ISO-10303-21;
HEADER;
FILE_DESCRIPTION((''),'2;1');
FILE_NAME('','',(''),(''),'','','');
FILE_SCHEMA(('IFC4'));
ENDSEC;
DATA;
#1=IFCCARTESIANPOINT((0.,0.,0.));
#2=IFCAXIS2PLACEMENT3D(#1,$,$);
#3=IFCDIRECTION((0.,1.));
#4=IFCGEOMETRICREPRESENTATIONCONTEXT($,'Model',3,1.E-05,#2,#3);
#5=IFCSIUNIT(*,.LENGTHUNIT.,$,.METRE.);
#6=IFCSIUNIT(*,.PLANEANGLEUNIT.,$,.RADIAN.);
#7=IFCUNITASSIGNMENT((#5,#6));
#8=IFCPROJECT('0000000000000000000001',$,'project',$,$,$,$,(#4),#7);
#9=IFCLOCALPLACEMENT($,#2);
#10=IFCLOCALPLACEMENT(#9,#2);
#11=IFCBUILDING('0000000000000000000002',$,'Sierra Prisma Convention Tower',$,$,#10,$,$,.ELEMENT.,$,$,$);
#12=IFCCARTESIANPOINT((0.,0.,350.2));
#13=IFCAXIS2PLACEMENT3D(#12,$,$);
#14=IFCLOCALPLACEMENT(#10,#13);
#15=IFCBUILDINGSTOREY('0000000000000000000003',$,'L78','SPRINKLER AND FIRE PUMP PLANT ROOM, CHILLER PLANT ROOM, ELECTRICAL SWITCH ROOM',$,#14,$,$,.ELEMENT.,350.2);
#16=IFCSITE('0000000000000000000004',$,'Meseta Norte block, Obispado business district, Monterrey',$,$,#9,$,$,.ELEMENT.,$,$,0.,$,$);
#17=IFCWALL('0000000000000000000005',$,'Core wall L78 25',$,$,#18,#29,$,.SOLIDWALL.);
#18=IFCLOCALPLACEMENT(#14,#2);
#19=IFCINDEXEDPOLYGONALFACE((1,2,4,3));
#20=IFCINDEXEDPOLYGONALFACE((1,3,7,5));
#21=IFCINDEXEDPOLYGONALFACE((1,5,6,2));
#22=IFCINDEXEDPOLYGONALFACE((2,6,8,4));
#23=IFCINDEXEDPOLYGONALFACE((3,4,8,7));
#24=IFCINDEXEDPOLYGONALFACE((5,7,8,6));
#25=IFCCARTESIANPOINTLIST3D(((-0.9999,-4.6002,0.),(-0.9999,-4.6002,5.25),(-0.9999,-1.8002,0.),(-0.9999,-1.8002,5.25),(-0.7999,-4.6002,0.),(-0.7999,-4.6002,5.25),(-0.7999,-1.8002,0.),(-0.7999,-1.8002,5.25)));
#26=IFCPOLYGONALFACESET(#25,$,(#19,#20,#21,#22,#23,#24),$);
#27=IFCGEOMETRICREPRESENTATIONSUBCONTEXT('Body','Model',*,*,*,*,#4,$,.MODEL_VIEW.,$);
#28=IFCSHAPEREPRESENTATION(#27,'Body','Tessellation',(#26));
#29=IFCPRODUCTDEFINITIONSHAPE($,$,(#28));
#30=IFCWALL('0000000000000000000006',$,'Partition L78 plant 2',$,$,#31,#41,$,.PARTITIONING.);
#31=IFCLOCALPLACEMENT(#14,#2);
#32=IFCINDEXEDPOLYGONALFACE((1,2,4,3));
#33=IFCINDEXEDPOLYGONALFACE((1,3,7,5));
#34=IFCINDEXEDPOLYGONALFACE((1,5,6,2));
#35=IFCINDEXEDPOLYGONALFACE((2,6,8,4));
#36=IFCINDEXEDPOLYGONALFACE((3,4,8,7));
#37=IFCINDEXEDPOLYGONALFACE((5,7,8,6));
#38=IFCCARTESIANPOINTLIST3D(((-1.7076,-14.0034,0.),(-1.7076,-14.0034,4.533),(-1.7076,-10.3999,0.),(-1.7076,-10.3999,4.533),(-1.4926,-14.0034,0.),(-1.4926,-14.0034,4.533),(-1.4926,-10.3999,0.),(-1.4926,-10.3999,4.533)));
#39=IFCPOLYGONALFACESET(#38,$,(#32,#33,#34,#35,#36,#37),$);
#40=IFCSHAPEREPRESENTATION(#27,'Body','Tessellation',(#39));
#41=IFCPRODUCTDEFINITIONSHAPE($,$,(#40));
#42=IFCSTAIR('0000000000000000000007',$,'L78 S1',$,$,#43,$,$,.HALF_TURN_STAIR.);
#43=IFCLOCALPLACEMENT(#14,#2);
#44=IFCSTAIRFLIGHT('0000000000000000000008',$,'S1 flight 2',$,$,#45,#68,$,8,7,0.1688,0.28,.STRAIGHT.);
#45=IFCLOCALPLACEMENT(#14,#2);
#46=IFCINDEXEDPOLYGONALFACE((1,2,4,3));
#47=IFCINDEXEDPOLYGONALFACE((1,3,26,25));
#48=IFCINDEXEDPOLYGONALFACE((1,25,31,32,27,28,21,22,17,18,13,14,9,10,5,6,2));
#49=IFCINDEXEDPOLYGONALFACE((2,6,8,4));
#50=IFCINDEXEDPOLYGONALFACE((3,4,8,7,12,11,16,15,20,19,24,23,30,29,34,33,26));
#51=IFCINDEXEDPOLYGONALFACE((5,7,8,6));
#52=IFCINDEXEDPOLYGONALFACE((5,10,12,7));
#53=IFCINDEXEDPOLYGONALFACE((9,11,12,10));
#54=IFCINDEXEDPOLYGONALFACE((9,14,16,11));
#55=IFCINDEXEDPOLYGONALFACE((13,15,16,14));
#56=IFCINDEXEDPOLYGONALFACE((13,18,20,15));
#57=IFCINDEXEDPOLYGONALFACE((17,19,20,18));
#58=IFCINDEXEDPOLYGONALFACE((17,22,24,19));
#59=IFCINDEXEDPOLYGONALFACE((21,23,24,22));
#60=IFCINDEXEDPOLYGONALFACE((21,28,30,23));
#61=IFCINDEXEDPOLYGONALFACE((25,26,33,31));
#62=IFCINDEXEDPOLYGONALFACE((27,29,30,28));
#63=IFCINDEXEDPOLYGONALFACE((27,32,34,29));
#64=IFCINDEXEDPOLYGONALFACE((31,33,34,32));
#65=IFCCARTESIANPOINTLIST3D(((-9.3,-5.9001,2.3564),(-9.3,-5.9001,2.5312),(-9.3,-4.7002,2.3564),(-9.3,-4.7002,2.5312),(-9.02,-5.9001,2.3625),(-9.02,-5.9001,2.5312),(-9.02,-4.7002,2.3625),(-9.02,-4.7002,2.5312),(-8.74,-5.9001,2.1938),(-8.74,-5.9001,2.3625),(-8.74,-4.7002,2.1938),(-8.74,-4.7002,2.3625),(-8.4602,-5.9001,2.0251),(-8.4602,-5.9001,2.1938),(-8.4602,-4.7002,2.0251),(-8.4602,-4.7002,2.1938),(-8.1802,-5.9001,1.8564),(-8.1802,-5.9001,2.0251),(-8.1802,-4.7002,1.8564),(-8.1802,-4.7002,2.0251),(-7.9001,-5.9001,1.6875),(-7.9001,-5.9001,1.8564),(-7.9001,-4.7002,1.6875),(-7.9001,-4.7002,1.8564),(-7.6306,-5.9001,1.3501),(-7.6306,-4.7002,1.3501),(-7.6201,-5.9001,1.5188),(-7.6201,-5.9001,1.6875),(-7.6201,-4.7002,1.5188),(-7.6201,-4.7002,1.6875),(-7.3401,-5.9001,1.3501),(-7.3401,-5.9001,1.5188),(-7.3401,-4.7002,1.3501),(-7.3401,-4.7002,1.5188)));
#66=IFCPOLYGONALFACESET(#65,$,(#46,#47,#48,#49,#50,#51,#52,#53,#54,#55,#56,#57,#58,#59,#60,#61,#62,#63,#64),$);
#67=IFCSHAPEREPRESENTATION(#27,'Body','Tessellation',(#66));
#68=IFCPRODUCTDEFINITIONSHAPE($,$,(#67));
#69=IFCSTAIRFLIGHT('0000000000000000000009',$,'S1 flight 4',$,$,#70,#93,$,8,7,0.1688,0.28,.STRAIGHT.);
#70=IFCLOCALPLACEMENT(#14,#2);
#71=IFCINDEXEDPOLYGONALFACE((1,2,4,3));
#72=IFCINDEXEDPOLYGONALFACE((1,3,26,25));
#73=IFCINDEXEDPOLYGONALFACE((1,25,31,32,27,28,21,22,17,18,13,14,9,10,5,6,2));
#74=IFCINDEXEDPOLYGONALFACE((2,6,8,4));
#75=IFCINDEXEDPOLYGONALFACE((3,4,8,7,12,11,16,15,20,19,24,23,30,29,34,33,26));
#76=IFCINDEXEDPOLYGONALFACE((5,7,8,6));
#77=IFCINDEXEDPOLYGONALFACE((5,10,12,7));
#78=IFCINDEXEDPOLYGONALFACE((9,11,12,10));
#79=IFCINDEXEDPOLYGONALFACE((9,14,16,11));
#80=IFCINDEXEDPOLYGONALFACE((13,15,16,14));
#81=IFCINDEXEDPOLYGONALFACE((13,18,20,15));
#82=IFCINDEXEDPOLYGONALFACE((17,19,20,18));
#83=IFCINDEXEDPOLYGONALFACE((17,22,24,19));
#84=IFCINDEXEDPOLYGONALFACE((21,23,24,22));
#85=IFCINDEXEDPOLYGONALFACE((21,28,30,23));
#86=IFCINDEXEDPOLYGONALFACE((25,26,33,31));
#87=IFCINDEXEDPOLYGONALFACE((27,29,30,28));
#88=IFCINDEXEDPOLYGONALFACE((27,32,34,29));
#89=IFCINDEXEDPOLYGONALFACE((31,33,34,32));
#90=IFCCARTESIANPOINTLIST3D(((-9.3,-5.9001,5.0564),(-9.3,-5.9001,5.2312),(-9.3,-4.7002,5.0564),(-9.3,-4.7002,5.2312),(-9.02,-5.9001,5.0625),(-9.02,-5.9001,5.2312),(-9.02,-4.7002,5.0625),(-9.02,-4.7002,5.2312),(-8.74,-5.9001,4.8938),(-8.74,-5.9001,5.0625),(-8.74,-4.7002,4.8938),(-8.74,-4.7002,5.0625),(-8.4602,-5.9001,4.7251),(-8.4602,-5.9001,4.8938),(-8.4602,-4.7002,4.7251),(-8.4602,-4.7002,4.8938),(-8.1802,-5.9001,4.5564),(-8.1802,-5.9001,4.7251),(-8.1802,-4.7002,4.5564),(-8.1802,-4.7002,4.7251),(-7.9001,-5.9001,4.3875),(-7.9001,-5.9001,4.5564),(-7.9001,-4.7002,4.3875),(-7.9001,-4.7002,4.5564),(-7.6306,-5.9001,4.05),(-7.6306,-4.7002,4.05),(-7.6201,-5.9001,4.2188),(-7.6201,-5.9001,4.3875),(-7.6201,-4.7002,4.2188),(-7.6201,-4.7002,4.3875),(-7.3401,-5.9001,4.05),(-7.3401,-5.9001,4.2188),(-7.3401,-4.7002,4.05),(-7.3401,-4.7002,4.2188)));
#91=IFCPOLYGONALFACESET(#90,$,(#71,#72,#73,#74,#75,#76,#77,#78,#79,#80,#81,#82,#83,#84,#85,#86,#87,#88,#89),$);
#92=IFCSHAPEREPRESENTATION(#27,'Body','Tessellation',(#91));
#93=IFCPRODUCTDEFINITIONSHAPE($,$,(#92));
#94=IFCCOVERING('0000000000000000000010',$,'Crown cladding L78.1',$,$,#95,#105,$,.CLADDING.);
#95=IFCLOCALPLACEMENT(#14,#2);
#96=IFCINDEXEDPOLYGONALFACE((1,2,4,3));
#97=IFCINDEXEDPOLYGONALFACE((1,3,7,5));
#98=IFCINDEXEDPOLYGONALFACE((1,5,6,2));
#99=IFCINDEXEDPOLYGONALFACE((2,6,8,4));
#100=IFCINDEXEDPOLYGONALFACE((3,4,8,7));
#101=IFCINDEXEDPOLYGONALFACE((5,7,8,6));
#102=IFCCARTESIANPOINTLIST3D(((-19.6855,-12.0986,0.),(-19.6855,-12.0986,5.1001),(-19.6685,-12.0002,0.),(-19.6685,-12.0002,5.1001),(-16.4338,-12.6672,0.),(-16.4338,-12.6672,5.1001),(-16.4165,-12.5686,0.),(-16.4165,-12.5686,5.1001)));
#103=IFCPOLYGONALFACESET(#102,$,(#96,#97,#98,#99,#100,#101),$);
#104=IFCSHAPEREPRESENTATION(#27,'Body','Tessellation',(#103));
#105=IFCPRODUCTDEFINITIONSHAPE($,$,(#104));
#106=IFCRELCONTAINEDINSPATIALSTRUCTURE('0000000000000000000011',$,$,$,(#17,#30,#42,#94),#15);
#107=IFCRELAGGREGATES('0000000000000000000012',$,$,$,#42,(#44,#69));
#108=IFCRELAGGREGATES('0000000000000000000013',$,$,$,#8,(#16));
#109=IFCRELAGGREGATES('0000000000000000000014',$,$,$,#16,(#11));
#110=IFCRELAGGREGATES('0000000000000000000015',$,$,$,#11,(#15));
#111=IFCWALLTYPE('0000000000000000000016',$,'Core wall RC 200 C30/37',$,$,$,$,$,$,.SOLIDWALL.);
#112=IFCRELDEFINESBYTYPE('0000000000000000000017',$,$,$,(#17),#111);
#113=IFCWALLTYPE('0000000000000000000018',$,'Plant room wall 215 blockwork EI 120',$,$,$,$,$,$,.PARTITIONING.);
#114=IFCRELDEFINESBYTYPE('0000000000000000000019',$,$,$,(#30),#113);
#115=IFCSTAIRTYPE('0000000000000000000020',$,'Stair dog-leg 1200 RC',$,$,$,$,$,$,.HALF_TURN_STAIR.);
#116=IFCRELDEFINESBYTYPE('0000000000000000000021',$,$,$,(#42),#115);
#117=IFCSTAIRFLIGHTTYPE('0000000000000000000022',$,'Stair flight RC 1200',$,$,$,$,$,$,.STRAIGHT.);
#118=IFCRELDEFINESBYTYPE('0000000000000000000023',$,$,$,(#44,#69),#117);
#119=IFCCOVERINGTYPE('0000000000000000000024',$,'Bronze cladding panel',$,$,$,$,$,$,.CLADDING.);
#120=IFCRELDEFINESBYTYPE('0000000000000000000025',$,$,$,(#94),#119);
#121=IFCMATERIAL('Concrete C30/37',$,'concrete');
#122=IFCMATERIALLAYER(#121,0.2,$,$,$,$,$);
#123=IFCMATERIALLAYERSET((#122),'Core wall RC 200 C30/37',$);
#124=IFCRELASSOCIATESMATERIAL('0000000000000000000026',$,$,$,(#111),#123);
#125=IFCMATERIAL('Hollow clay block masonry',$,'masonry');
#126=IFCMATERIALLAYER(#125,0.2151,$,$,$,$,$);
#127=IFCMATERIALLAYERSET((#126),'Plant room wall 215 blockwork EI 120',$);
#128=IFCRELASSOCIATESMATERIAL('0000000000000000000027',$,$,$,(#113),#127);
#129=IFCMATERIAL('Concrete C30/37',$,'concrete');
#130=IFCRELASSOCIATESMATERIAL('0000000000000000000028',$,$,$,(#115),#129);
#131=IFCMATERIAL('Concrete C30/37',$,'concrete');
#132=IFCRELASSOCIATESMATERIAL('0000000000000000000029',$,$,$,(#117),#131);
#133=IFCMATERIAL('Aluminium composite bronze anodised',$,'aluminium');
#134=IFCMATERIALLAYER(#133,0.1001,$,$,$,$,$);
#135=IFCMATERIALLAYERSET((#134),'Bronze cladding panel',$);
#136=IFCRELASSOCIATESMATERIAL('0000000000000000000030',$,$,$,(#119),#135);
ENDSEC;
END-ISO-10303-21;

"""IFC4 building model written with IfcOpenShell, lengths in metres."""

from ifc_helpers import new_model, si_unit, direction, frame, frame_2d, origin, place, context, subcontext, project, spatial, polyline, rectangle, outline, extrude, material, layer, layer_set, type_object, element, aggregate, save


model = new_model("IFC4")

# Units and contexts
model_context = context("Model", 3, precision=1e-05, world=origin(), true_north=direction((0.0, 1.0)))
body_context = subcontext(model_context, "Body", "Model", "MODEL_VIEW")
ifc_project = project(units=[si_unit("LENGTHUNIT", "METRE"), si_unit("PLANEANGLEUNIT", "RADIAN")], contexts=[model_context])

# Site, building, storey
site_placement = place(None, origin())
site = spatial("IfcSite", under=ifc_project, at=site_placement, Name="Meseta Norte block, Obispado business district, Monterrey", CompositionType="ELEMENT", RefElevation=0.0)
building_placement = place(site_placement, origin())
building = spatial("IfcBuilding", under=site, at=building_placement, Name="Sierra Prisma Convention Tower", CompositionType="ELEMENT")
storey_placement = place(building_placement, frame((0.0, 0.0, 350.2)))
storey = spatial("IfcBuildingStorey", under=building, at=storey_placement, Name="L78", Description="SPRINKLER AND FIRE PUMP PLANT ROOM, CHILLER PLANT ROOM, ELECTRICAL SWITCH ROOM", CompositionType="ELEMENT", Elevation=350.2)

# Shared definitions
ifc_material_1 = material(Name="Concrete C30/37", Category="concrete")
ifc_layer_1 = layer(ifc_material_1, 0.2)
ifc_layer_set_1 = layer_set([ifc_layer_1], Name="Core wall RC 200 C30/37")
wall_type_1 = type_object("IfcWallType", Name="Core wall RC 200 C30/37", PredefinedType="SOLIDWALL", material=ifc_layer_set_1)

# Wall
wall_1_placement = place(storey_placement, frame((-0.8999, -4.6001, 0.0), z_axis=(0.0, 0.0, 1.0), x_axis=(0.0, 1.0, 0.0)))
element("IfcWall", 1, at=wall_1_placement, inside=storey, type_object=wall_type_1, Name="Core wall L78 25", PredefinedType="SOLIDWALL", context=body_context, shape_type="SweptSolid", body=[
    extrude(rectangle(XDim=2.8, YDim=0.2, at=frame_2d((1.3999, 0.0))), origin(), (0.0, 0.0, 1.0), 5.25),
])

# Wall
ifc_material_2 = material(Name="Hollow clay block masonry", Category="masonry")
ifc_layer_2 = layer(ifc_material_2, 0.2151)
ifc_layer_set_2 = layer_set([ifc_layer_2], Name="Plant room wall 215 blockwork EI 120")
wall_type_2 = type_object("IfcWallType", Name="Plant room wall 215 blockwork EI 120", PredefinedType="PARTITIONING", material=ifc_layer_set_2)
wall_2_placement = place(storey_placement, frame((-1.6001, -10.3999, 0.0), z_axis=(0.0, 0.0, 1.0), x_axis=(0.0, -1.0, 0.0)))
element("IfcWall", 2, at=wall_2_placement, inside=storey, type_object=wall_type_2, Name="Partition L78 plant 2", PredefinedType="PARTITIONING", context=body_context, shape_type="SweptSolid", body=[
    extrude(rectangle(XDim=3.6035, YDim=0.2151, at=frame_2d((1.8018, 0.0))), origin(), (0.0, 0.0, 1.0), 4.533),
])

# Stair, stair flights
ifc_material_3 = material(Name="Concrete C30/37", Category="concrete")
stair_type = type_object("IfcStairType", Name="Stair dog-leg 1200 RC", PredefinedType="HALF_TURN_STAIR", material=ifc_material_3)
stair_placement = place(storey_placement, origin())
stair = element("IfcStair", 3, at=stair_placement, inside=storey, type_object=stair_type, Name="L78 S1", PredefinedType="HALF_TURN_STAIR")
ifc_material_4 = material(Name="Concrete C30/37", Category="concrete")
stair_flight_type = type_object("IfcStairFlightType", Name="Stair flight RC 1200", PredefinedType="STRAIGHT", material=ifc_material_4)
stair_flight_1_placement = place(storey_placement, frame((-7.3401, -5.3, 1.3501), z_axis=(0.0, 0.0, 1.0), x_axis=(-1.0, 0.0, 0.0)))
stair_flight_1 = element("IfcStairFlight", 4, at=stair_flight_1_placement, type_object=stair_flight_type, Name="S1 flight 2", NumberOfRisers=8, NumberOfTreads=7, PredefinedType="STRAIGHT", RiserHeight=0.1688, TreadLength=0.28, context=body_context, shape_type="SweptSolid", body=[
    extrude(outline(polyline([(0.0, 0.0), (0.0, 0.1687), (0.28, 0.1687), (0.28, 0.3374), (0.5601, 0.3374), (0.5601, 0.5063), (0.8401, 0.5063), (0.8401, 0.675), (1.1201, 0.675), (1.1201, 0.8438), (1.3999, 0.8438), (1.3999, 1.0125), (1.6799, 1.0125), (1.6799, 1.1812), (1.96, 1.1812), (1.96, 1.3501), (1.96, 1.0063), (0.2905, 0.0), (0.0, 0.0)])), frame((0.0, 0.6001, 0.0), z_axis=(0.0, -1.0, 0.0), x_axis=(1.0, 0.0, 0.0)), (0.0, 0.0, 1.0), 1.2),
])
stair_flight_2_placement = place(storey_placement, frame((-7.3401, -5.3, 4.05), z_axis=(0.0, 0.0, 1.0), x_axis=(-1.0, 0.0, 0.0)))
stair_flight_2 = element("IfcStairFlight", 5, at=stair_flight_2_placement, type_object=stair_flight_type, Name="S1 flight 4", NumberOfRisers=8, NumberOfTreads=7, PredefinedType="STRAIGHT", RiserHeight=0.1688, TreadLength=0.28, context=body_context, shape_type="SweptSolid", body=[
    extrude(outline(polyline([(0.0, 0.0), (0.0, 0.1687), (0.28, 0.1687), (0.28, 0.3374), (0.5601, 0.3374), (0.5601, 0.5063), (0.8401, 0.5063), (0.8401, 0.675), (1.1201, 0.675), (1.1201, 0.8438), (1.3999, 0.8438), (1.3999, 1.0125), (1.6799, 1.0125), (1.6799, 1.1812), (1.96, 1.1812), (1.96, 1.3501), (1.96, 1.0063), (0.2905, 0.0), (0.0, 0.0)])), frame((0.0, 0.6001, 0.0), z_axis=(0.0, -1.0, 0.0), x_axis=(1.0, 0.0, 0.0)), (0.0, 0.0, 1.0), 1.2),
])
aggregate(stair, [stair_flight_1, stair_flight_2])

# Covering
ifc_material_5 = material(Name="Aluminium composite bronze anodised", Category="aluminium")
ifc_layer_3 = layer(ifc_material_5, 0.1001)
ifc_layer_set_3 = layer_set([ifc_layer_3], Name="Bronze cladding panel")
covering_type = type_object("IfcCoveringType", Name="Bronze cladding panel", PredefinedType="CLADDING", material=ifc_layer_set_3)
covering_placement = place(storey_placement, origin())
element("IfcCovering", 6, at=covering_placement, inside=storey, type_object=covering_type, Name="Crown cladding L78.1", PredefinedType="CLADDING", context=body_context, shape_type="SweptSolid", body=[
    extrude(outline(polyline([(-19.6685, -12.0002), (-16.4165, -12.5686), (-16.4338, -12.6672), (-19.6855, -12.0986), (-19.6685, -12.0002)])), origin(), (0.0, 0.0, 1.0), 5.1001),
])

save(model, "model.ifc")
